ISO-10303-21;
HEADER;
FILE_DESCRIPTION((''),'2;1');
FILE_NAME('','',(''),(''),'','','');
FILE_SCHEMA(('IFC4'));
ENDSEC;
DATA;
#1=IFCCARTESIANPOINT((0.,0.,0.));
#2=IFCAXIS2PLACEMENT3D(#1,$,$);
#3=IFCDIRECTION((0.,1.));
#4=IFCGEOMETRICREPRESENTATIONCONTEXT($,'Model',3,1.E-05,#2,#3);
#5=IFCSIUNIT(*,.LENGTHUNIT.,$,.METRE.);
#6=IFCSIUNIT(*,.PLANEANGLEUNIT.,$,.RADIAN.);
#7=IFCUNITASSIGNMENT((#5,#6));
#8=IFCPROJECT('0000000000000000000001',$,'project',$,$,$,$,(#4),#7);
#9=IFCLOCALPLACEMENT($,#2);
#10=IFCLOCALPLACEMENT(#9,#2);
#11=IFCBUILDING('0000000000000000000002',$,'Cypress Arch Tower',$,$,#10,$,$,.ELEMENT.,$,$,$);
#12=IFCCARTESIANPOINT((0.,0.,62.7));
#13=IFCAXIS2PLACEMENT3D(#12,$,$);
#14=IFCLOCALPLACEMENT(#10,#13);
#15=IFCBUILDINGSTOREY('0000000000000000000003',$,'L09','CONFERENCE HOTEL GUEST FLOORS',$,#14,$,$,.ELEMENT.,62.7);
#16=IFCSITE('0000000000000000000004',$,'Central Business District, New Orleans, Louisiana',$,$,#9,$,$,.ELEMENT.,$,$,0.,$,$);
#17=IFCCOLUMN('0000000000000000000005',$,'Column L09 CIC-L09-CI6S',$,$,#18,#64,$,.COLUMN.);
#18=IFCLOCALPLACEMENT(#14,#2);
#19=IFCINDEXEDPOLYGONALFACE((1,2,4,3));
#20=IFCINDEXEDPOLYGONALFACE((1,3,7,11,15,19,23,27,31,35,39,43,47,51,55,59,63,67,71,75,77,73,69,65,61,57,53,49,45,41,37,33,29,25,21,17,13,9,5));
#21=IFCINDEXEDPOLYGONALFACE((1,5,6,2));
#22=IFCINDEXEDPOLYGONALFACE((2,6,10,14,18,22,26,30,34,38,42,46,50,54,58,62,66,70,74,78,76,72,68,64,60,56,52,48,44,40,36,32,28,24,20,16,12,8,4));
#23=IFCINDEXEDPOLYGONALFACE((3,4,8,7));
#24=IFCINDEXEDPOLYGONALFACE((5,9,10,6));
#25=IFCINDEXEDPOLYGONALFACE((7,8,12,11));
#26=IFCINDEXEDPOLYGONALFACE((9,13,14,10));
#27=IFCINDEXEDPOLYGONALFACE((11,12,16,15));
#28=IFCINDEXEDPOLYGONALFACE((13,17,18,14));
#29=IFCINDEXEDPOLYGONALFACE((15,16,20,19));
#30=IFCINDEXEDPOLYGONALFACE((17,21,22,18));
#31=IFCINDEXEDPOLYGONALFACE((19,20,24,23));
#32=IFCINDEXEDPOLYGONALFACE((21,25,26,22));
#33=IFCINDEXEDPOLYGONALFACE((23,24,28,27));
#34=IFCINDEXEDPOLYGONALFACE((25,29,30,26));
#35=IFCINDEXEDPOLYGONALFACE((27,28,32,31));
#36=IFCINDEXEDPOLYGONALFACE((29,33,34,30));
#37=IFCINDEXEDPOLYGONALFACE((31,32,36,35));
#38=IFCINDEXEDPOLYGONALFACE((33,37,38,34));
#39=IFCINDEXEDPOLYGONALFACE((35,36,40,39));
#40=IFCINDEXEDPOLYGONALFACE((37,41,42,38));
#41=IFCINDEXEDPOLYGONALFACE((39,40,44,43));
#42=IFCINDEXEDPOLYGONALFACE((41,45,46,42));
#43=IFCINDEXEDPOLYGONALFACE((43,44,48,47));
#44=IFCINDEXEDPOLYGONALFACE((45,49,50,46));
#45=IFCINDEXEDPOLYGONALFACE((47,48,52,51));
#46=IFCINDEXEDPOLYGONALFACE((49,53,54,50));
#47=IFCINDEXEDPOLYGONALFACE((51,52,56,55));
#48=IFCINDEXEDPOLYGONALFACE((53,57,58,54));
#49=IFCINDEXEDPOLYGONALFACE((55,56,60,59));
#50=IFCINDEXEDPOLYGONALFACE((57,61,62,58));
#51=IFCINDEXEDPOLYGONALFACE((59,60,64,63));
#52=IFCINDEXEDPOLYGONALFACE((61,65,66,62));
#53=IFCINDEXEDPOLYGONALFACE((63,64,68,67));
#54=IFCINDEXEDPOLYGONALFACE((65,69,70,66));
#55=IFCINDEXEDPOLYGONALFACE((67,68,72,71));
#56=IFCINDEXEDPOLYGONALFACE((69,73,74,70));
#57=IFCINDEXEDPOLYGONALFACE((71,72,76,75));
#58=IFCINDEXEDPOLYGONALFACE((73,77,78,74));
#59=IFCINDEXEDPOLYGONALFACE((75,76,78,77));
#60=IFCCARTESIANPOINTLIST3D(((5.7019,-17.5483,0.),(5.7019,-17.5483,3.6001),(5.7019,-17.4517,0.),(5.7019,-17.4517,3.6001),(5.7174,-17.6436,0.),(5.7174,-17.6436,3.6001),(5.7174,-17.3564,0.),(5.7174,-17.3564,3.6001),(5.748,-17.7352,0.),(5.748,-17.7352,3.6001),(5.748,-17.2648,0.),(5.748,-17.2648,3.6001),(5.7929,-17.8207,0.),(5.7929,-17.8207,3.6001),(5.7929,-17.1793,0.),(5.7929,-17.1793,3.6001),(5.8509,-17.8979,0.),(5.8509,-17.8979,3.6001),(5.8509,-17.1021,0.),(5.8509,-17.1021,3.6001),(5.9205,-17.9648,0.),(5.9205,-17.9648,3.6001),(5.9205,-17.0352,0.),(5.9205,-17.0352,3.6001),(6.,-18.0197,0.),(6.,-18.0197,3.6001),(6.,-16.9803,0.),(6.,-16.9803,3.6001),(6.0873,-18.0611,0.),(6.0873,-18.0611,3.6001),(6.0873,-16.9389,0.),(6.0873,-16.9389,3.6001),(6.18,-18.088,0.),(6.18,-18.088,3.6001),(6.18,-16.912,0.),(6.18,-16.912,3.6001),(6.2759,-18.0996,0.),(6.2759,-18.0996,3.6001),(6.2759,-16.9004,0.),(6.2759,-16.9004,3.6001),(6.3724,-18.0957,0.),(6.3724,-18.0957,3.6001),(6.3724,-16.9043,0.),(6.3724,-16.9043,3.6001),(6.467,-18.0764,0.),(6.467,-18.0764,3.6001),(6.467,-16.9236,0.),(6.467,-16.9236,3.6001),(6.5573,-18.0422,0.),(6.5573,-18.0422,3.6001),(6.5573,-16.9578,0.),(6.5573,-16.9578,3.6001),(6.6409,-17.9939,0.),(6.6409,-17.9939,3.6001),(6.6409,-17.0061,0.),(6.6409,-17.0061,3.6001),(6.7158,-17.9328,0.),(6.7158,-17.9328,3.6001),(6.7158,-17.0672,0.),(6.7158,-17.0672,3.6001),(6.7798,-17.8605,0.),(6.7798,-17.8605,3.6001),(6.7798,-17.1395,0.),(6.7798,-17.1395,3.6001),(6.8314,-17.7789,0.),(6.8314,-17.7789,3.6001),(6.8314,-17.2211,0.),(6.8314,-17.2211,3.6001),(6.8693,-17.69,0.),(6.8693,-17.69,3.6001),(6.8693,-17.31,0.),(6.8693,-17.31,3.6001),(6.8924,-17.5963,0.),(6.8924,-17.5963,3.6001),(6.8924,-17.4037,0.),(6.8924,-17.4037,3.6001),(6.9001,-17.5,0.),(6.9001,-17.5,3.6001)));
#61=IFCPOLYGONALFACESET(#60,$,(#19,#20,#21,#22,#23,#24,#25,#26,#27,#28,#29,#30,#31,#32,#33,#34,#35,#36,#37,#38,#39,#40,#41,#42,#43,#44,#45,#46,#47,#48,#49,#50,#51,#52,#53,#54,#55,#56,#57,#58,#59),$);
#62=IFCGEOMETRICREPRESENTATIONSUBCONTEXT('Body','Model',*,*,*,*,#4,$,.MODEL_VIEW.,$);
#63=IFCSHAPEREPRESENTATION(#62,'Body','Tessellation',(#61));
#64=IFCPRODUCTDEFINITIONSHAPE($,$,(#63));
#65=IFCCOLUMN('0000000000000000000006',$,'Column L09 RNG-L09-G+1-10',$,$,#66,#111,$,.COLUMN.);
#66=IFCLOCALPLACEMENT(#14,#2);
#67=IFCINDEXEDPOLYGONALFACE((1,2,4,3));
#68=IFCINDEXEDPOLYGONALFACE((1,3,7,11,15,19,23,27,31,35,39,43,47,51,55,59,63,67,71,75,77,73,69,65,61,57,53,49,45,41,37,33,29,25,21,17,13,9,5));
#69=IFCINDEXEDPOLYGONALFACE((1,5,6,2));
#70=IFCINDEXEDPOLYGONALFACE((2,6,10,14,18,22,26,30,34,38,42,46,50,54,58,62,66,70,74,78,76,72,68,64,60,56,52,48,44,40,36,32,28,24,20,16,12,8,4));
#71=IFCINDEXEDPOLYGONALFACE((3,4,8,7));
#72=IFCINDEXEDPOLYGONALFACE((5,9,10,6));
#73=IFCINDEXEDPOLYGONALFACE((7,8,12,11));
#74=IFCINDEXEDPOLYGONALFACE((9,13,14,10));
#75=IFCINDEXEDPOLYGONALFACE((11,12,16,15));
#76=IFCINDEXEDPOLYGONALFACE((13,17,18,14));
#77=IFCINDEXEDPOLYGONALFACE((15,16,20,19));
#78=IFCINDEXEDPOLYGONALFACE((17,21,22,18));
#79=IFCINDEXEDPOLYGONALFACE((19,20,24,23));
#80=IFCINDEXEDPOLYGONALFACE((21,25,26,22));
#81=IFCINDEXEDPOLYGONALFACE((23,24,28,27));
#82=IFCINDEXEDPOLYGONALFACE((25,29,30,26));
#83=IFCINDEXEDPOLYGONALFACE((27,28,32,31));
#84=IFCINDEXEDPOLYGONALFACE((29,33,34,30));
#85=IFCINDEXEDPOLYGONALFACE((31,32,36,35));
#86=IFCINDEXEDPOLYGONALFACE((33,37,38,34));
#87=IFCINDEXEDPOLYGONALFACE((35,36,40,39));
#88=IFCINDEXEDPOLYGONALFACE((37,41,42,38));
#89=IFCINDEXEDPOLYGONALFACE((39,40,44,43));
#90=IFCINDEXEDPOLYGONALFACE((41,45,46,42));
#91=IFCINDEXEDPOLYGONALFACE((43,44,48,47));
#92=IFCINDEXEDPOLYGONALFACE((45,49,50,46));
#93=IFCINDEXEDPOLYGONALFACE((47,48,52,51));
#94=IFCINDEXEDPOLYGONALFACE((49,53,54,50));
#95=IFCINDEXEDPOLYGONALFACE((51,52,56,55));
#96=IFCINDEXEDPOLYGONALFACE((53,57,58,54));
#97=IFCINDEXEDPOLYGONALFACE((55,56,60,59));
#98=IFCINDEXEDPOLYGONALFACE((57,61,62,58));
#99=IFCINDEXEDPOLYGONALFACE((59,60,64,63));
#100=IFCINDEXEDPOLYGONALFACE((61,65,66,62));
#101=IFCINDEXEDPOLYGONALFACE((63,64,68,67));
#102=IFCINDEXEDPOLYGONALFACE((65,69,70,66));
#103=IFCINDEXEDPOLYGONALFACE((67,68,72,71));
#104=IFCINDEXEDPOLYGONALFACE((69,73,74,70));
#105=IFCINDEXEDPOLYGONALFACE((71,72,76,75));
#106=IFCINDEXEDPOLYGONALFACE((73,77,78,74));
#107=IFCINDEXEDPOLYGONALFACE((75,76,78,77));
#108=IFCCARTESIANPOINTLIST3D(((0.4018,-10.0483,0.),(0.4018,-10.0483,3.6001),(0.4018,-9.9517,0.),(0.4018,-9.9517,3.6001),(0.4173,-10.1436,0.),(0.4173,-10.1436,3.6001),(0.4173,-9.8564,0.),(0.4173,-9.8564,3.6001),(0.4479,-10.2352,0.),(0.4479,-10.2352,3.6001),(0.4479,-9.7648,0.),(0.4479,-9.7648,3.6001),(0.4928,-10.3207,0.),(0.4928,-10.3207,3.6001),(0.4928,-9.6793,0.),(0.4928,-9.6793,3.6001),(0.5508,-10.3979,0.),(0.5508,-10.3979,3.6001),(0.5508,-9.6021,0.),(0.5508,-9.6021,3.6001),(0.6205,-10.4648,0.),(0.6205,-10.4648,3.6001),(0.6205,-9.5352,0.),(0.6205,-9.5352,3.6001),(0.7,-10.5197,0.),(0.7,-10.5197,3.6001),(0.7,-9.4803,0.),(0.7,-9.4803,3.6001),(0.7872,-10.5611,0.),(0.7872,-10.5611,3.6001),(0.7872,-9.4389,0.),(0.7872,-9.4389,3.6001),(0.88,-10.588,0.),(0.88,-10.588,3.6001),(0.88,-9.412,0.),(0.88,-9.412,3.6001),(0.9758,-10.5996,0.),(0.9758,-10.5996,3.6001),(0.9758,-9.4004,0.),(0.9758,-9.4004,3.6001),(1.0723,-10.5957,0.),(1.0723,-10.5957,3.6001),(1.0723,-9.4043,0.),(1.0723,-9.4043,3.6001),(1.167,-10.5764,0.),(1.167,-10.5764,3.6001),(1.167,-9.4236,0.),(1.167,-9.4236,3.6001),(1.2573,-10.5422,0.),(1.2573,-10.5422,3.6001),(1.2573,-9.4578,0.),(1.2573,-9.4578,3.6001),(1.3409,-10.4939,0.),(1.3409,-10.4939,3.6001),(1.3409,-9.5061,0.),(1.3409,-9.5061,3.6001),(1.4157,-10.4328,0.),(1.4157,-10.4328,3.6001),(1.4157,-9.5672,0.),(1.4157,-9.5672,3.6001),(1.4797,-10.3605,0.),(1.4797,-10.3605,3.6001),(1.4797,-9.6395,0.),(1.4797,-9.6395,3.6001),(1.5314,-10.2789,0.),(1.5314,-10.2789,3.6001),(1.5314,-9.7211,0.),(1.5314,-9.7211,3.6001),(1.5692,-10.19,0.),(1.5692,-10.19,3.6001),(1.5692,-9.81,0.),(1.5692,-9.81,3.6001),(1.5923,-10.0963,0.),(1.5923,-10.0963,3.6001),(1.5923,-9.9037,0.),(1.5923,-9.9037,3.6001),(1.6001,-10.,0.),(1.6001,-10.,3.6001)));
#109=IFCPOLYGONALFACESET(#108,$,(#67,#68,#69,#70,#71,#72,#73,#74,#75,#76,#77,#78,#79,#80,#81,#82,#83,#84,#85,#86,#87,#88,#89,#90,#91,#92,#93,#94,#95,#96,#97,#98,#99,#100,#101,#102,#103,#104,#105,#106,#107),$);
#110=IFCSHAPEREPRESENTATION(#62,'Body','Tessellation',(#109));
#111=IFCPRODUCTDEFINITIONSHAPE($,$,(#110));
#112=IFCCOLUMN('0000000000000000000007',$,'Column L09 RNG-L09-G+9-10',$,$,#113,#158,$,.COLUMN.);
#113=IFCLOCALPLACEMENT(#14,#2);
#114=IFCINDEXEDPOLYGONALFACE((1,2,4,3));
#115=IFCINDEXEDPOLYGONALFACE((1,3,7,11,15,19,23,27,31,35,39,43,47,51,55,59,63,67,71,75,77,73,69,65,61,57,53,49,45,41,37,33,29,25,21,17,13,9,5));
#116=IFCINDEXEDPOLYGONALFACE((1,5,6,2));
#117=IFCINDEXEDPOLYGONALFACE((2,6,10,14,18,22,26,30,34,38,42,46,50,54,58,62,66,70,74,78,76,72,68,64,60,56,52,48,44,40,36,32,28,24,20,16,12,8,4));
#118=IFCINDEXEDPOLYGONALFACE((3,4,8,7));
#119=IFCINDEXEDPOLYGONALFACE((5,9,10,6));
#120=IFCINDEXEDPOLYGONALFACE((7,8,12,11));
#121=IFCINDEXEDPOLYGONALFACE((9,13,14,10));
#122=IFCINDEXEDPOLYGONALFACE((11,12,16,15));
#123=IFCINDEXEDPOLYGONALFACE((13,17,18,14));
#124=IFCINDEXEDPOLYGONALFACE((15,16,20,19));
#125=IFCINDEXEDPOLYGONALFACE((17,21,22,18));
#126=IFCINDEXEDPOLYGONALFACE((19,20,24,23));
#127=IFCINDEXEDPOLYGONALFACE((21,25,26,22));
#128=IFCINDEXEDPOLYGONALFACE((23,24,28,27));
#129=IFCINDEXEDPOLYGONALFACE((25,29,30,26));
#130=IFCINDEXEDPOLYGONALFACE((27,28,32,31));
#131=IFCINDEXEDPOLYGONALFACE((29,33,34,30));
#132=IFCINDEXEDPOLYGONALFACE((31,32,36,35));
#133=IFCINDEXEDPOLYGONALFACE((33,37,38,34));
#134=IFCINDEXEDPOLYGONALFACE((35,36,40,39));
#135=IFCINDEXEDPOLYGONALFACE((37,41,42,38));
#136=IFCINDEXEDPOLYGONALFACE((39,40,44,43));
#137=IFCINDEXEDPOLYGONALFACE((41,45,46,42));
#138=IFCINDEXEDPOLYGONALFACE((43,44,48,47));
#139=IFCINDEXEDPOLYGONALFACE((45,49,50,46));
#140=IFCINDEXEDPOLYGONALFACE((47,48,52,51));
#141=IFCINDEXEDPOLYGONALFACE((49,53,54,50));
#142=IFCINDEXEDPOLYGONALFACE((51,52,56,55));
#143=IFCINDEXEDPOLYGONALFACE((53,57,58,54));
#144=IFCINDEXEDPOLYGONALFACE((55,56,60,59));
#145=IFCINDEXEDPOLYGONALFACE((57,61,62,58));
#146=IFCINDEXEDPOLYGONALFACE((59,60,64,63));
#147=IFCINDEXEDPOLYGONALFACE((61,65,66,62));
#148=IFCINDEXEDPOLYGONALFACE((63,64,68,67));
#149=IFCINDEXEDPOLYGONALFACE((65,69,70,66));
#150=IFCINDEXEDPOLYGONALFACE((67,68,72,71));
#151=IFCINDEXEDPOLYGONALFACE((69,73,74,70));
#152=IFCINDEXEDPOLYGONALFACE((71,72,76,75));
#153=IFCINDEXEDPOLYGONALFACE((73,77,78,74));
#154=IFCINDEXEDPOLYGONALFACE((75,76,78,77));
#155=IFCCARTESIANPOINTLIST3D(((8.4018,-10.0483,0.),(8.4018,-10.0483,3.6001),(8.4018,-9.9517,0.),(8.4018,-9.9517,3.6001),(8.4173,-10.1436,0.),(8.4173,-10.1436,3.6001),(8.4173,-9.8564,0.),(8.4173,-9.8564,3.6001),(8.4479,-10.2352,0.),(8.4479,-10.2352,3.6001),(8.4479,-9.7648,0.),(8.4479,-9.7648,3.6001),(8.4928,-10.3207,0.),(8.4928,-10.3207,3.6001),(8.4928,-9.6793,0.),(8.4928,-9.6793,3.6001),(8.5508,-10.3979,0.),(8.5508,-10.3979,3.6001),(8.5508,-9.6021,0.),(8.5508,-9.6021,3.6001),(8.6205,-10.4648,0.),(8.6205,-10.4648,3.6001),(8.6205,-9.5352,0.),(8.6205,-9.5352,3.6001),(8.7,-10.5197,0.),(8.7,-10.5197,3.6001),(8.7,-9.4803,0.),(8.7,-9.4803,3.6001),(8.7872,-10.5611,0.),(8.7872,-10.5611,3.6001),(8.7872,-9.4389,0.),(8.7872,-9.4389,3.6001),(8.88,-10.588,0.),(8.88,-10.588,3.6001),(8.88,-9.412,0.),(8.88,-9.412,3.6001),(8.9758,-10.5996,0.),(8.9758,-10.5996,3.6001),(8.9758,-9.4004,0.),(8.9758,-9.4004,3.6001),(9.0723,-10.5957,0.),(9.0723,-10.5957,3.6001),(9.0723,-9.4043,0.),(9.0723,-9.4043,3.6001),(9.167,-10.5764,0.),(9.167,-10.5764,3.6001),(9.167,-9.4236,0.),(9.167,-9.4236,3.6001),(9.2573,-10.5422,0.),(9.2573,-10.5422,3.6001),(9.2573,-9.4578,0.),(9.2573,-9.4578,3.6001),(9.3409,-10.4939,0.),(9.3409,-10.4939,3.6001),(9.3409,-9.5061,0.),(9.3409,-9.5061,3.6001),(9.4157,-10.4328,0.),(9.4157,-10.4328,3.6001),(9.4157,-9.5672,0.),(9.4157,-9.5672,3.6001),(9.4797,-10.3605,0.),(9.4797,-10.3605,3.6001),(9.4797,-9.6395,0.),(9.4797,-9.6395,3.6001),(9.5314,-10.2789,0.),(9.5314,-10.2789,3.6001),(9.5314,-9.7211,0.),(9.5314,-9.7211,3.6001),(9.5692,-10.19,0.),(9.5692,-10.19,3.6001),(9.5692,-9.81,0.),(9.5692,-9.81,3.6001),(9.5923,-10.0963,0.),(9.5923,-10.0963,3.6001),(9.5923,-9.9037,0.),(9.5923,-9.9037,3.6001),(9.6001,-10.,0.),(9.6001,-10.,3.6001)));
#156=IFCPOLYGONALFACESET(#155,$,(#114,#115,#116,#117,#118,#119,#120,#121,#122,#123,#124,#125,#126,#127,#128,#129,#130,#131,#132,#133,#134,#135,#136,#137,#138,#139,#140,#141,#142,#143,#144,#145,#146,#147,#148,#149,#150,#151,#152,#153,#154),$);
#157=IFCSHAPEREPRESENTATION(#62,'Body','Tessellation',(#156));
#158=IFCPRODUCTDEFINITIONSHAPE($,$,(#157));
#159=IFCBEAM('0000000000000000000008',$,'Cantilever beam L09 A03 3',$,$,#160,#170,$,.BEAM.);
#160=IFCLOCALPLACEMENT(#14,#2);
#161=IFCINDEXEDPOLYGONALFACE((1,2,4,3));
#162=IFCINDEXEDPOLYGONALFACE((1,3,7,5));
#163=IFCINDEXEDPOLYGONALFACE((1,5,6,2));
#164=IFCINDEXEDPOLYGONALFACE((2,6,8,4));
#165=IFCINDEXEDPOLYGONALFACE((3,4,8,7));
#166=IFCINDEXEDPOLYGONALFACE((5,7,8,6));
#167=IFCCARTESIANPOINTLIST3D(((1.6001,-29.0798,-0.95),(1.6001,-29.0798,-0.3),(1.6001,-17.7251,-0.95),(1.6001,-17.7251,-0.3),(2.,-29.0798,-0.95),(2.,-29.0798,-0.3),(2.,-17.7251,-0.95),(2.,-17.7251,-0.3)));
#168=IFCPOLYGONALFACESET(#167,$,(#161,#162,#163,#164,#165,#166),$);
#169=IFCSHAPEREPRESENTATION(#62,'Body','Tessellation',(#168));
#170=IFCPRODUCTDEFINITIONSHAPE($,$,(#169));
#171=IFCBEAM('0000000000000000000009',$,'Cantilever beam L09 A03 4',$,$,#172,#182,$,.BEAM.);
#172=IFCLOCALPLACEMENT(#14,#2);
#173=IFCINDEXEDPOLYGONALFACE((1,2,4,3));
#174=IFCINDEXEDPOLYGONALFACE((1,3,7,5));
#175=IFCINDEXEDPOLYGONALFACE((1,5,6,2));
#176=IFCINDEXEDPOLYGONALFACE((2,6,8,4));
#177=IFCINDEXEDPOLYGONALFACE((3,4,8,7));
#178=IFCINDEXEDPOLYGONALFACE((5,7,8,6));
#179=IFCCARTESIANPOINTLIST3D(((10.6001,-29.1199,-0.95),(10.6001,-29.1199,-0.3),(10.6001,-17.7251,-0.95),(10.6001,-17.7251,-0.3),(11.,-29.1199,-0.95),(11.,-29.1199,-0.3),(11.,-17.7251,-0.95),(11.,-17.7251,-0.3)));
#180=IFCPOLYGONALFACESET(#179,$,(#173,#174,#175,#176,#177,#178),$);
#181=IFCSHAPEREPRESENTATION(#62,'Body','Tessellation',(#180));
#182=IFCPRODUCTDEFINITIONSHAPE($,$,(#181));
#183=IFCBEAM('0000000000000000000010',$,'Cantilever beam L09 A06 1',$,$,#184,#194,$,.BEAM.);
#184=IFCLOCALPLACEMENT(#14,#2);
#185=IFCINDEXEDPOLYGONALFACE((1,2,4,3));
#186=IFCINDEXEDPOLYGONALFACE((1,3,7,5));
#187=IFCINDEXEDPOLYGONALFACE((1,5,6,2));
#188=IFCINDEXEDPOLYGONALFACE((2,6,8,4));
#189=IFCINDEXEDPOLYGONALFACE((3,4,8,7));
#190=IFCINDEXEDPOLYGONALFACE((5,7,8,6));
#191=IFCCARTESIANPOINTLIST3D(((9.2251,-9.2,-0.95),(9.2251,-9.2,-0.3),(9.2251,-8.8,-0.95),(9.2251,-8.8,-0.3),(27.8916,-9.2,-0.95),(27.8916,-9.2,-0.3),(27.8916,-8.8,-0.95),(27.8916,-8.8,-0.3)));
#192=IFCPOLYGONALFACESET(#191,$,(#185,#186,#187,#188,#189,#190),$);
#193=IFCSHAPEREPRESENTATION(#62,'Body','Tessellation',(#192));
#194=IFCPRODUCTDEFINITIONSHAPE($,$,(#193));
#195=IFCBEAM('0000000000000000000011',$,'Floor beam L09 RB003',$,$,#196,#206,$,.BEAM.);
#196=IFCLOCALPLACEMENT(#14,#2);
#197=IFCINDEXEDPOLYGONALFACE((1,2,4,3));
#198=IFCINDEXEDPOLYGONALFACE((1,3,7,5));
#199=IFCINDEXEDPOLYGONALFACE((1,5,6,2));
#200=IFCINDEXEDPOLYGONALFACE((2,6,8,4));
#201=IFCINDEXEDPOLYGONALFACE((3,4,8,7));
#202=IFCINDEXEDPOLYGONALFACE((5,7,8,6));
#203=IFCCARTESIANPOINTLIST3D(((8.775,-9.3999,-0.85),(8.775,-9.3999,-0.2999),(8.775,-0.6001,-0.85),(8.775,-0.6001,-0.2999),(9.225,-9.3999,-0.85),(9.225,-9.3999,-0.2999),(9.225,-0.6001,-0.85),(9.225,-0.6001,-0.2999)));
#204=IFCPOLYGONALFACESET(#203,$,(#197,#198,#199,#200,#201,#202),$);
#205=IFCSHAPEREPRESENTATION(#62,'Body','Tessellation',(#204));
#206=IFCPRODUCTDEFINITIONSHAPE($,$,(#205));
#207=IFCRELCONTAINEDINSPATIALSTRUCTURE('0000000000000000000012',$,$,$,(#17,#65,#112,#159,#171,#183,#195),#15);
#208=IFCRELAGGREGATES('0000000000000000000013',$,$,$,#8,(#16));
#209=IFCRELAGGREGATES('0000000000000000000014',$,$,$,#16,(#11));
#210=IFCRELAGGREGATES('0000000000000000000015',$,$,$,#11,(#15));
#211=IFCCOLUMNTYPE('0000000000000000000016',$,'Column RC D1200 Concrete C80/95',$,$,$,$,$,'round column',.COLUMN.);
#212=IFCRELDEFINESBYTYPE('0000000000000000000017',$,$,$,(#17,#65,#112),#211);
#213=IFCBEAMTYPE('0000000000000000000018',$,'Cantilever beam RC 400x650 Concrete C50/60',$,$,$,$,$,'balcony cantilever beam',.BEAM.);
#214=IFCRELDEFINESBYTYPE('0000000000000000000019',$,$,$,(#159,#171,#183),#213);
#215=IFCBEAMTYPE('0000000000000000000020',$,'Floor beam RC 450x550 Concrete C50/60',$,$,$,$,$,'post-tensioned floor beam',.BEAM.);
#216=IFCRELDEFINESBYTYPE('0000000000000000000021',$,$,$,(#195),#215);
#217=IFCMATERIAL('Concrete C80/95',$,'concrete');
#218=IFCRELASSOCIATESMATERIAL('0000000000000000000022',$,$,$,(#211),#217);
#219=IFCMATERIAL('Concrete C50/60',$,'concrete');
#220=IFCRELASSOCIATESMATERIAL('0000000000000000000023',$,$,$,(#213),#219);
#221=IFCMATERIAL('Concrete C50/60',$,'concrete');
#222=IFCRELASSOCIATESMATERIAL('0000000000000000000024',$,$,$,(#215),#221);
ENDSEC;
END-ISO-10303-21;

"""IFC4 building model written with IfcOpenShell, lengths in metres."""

from ifc_helpers import new_model, si_unit, direction, frame, origin, origin_2d, place, context, subcontext, project, spatial, rectangle, circle, extrude, material, material_profile, profile_set, type_object, element, save


model = new_model("IFC4")

# Units and contexts
model_context = context("Model", 3, precision=1e-05, world=origin(), true_north=direction((0.0, 1.0)))
body_context = subcontext(model_context, "Body", "Model", "MODEL_VIEW")
ifc_project = project(units=[si_unit("LENGTHUNIT", "METRE"), si_unit("PLANEANGLEUNIT", "RADIAN")], contexts=[model_context])

# Site, building, storey
site_placement = place(None, origin())
site = spatial("IfcSite", under=ifc_project, at=site_placement, Name="Central Business District, New Orleans, Louisiana", CompositionType="ELEMENT", RefElevation=0.0)
building_placement = place(site_placement, origin())
building = spatial("IfcBuilding", under=site, at=building_placement, Name="Cypress Arch Tower", CompositionType="ELEMENT")
storey_placement = place(building_placement, frame((0.0, 0.0, 62.7)))
storey = spatial("IfcBuildingStorey", under=building, at=storey_placement, Name="L09", Description="CONFERENCE HOTEL GUEST FLOORS", CompositionType="ELEMENT", Elevation=62.7)

# Columns
ifc_material_1 = material(Name="Concrete C80/95", Category="concrete")
ifc_material_profile_1 = material_profile(ifc_material_1, circle(Radius=0.6001, at=origin_2d()), Name="RC D1200")
ifc_profile_set_1 = profile_set([ifc_material_profile_1], Name="Concrete C80/95")
column_type = type_object("IfcColumnType", Name="Column RC D1200 Concrete C80/95", ElementType="round column", PredefinedType="COLUMN", material=ifc_profile_set_1)
for number, where, z_axis, x_axis, name in (
    (1, (6.3, -17.5, 0.0), (0.0, 0.0, 1.0), (1.0, 0.0, 0.0), "Column L09 CIC-L09-CI6S"),
    (2, (1.0, -10.0, 0.0), (0.0, 0.0, 1.0), (1.0, 0.0, 0.0), "Column L09 RNG-L09-G+1-10"),
    (3, (9.0, -10.0, 0.0), (0.0, 0.0, 1.0), (1.0, 0.0, 0.0), "Column L09 RNG-L09-G+9-10"),
):
    element("IfcColumn", number, at=place(storey_placement, frame(where, z_axis=z_axis, x_axis=x_axis)), inside=storey, type_object=column_type, Name=name, PredefinedType="COLUMN", context=body_context, shape_type="SweptSolid", body=[
        extrude(circle(Radius=0.6001, at=origin_2d()), origin(), (0.0, 0.0, 1.0), 3.6001),
    ])

# Beams
ifc_material_2 = material(Name="Concrete C50/60", Category="concrete")
ifc_material_profile_2 = material_profile(ifc_material_2, rectangle(XDim=0.3999, YDim=0.6499, at=origin_2d()), Name="RC 400x650")
ifc_profile_set_2 = profile_set([ifc_material_profile_2], Name="Concrete C50/60")
beam_type_1 = type_object("IfcBeamType", Name="Cantilever beam RC 400x650 Concrete C50/60", ElementType="balcony cantilever beam", PredefinedType="BEAM", material=ifc_profile_set_2)
beam_1_placement = place(storey_placement, frame((1.8, -17.7251, -0.625), z_axis=(0.0, -1.0, 0.0), x_axis=(1.0, 0.0, 0.0)))
element("IfcBeam", 4, at=beam_1_placement, inside=storey, type_object=beam_type_1, Name="Cantilever beam L09 A03 3", PredefinedType="BEAM", context=body_context, shape_type="SweptSolid", body=[
    extrude(rectangle(XDim=0.3999, YDim=0.6499, at=origin_2d()), origin(), (0.0, 0.0, 1.0), 11.3547),
])
beam_2_placement = place(storey_placement, frame((10.8, -17.7251, -0.625), z_axis=(0.0, -1.0, 0.0), x_axis=(1.0, 0.0, 0.0)))
element("IfcBeam", 5, at=beam_2_placement, inside=storey, type_object=beam_type_1, Name="Cantilever beam L09 A03 4", PredefinedType="BEAM", context=body_context, shape_type="SweptSolid", body=[
    extrude(rectangle(XDim=0.3999, YDim=0.6499, at=origin_2d()), origin(), (0.0, 0.0, 1.0), 11.3948),
])
beam_3_placement = place(storey_placement, frame((9.2251, -9.0, -0.625), z_axis=(1.0, 0.0, 0.0), x_axis=(0.0, 1.0, 0.0)))
element("IfcBeam", 6, at=beam_3_placement, inside=storey, type_object=beam_type_1, Name="Cantilever beam L09 A06 1", PredefinedType="BEAM", context=body_context, shape_type="SweptSolid", body=[
    extrude(rectangle(XDim=0.3999, YDim=0.6499, at=origin_2d()), origin(), (0.0, 0.0, 1.0), 18.6665),
])
ifc_material_3 = material(Name="Concrete C50/60", Category="concrete")
ifc_material_profile_3 = material_profile(ifc_material_3, rectangle(XDim=0.45, YDim=0.55, at=origin_2d()), Name="RC 450x550")
ifc_profile_set_3 = profile_set([ifc_material_profile_3], Name="Concrete C50/60")
beam_type_2 = type_object("IfcBeamType", Name="Floor beam RC 450x550 Concrete C50/60", ElementType="post-tensioned floor beam", PredefinedType="BEAM", material=ifc_profile_set_3)
beam_4_placement = place(storey_placement, frame((9.0, -9.3999, -0.575), z_axis=(0.0, 1.0, 0.0), x_axis=(-1.0, 0.0, 0.0)))
element("IfcBeam", 7, at=beam_4_placement, inside=storey, type_object=beam_type_2, Name="Floor beam L09 RB003", PredefinedType="BEAM", context=body_context, shape_type="SweptSolid", body=[
    extrude(rectangle(XDim=0.45, YDim=0.55, at=origin_2d()), origin(), (0.0, 0.0, 1.0), 8.7998),
])

save(model, "model.ifc")
